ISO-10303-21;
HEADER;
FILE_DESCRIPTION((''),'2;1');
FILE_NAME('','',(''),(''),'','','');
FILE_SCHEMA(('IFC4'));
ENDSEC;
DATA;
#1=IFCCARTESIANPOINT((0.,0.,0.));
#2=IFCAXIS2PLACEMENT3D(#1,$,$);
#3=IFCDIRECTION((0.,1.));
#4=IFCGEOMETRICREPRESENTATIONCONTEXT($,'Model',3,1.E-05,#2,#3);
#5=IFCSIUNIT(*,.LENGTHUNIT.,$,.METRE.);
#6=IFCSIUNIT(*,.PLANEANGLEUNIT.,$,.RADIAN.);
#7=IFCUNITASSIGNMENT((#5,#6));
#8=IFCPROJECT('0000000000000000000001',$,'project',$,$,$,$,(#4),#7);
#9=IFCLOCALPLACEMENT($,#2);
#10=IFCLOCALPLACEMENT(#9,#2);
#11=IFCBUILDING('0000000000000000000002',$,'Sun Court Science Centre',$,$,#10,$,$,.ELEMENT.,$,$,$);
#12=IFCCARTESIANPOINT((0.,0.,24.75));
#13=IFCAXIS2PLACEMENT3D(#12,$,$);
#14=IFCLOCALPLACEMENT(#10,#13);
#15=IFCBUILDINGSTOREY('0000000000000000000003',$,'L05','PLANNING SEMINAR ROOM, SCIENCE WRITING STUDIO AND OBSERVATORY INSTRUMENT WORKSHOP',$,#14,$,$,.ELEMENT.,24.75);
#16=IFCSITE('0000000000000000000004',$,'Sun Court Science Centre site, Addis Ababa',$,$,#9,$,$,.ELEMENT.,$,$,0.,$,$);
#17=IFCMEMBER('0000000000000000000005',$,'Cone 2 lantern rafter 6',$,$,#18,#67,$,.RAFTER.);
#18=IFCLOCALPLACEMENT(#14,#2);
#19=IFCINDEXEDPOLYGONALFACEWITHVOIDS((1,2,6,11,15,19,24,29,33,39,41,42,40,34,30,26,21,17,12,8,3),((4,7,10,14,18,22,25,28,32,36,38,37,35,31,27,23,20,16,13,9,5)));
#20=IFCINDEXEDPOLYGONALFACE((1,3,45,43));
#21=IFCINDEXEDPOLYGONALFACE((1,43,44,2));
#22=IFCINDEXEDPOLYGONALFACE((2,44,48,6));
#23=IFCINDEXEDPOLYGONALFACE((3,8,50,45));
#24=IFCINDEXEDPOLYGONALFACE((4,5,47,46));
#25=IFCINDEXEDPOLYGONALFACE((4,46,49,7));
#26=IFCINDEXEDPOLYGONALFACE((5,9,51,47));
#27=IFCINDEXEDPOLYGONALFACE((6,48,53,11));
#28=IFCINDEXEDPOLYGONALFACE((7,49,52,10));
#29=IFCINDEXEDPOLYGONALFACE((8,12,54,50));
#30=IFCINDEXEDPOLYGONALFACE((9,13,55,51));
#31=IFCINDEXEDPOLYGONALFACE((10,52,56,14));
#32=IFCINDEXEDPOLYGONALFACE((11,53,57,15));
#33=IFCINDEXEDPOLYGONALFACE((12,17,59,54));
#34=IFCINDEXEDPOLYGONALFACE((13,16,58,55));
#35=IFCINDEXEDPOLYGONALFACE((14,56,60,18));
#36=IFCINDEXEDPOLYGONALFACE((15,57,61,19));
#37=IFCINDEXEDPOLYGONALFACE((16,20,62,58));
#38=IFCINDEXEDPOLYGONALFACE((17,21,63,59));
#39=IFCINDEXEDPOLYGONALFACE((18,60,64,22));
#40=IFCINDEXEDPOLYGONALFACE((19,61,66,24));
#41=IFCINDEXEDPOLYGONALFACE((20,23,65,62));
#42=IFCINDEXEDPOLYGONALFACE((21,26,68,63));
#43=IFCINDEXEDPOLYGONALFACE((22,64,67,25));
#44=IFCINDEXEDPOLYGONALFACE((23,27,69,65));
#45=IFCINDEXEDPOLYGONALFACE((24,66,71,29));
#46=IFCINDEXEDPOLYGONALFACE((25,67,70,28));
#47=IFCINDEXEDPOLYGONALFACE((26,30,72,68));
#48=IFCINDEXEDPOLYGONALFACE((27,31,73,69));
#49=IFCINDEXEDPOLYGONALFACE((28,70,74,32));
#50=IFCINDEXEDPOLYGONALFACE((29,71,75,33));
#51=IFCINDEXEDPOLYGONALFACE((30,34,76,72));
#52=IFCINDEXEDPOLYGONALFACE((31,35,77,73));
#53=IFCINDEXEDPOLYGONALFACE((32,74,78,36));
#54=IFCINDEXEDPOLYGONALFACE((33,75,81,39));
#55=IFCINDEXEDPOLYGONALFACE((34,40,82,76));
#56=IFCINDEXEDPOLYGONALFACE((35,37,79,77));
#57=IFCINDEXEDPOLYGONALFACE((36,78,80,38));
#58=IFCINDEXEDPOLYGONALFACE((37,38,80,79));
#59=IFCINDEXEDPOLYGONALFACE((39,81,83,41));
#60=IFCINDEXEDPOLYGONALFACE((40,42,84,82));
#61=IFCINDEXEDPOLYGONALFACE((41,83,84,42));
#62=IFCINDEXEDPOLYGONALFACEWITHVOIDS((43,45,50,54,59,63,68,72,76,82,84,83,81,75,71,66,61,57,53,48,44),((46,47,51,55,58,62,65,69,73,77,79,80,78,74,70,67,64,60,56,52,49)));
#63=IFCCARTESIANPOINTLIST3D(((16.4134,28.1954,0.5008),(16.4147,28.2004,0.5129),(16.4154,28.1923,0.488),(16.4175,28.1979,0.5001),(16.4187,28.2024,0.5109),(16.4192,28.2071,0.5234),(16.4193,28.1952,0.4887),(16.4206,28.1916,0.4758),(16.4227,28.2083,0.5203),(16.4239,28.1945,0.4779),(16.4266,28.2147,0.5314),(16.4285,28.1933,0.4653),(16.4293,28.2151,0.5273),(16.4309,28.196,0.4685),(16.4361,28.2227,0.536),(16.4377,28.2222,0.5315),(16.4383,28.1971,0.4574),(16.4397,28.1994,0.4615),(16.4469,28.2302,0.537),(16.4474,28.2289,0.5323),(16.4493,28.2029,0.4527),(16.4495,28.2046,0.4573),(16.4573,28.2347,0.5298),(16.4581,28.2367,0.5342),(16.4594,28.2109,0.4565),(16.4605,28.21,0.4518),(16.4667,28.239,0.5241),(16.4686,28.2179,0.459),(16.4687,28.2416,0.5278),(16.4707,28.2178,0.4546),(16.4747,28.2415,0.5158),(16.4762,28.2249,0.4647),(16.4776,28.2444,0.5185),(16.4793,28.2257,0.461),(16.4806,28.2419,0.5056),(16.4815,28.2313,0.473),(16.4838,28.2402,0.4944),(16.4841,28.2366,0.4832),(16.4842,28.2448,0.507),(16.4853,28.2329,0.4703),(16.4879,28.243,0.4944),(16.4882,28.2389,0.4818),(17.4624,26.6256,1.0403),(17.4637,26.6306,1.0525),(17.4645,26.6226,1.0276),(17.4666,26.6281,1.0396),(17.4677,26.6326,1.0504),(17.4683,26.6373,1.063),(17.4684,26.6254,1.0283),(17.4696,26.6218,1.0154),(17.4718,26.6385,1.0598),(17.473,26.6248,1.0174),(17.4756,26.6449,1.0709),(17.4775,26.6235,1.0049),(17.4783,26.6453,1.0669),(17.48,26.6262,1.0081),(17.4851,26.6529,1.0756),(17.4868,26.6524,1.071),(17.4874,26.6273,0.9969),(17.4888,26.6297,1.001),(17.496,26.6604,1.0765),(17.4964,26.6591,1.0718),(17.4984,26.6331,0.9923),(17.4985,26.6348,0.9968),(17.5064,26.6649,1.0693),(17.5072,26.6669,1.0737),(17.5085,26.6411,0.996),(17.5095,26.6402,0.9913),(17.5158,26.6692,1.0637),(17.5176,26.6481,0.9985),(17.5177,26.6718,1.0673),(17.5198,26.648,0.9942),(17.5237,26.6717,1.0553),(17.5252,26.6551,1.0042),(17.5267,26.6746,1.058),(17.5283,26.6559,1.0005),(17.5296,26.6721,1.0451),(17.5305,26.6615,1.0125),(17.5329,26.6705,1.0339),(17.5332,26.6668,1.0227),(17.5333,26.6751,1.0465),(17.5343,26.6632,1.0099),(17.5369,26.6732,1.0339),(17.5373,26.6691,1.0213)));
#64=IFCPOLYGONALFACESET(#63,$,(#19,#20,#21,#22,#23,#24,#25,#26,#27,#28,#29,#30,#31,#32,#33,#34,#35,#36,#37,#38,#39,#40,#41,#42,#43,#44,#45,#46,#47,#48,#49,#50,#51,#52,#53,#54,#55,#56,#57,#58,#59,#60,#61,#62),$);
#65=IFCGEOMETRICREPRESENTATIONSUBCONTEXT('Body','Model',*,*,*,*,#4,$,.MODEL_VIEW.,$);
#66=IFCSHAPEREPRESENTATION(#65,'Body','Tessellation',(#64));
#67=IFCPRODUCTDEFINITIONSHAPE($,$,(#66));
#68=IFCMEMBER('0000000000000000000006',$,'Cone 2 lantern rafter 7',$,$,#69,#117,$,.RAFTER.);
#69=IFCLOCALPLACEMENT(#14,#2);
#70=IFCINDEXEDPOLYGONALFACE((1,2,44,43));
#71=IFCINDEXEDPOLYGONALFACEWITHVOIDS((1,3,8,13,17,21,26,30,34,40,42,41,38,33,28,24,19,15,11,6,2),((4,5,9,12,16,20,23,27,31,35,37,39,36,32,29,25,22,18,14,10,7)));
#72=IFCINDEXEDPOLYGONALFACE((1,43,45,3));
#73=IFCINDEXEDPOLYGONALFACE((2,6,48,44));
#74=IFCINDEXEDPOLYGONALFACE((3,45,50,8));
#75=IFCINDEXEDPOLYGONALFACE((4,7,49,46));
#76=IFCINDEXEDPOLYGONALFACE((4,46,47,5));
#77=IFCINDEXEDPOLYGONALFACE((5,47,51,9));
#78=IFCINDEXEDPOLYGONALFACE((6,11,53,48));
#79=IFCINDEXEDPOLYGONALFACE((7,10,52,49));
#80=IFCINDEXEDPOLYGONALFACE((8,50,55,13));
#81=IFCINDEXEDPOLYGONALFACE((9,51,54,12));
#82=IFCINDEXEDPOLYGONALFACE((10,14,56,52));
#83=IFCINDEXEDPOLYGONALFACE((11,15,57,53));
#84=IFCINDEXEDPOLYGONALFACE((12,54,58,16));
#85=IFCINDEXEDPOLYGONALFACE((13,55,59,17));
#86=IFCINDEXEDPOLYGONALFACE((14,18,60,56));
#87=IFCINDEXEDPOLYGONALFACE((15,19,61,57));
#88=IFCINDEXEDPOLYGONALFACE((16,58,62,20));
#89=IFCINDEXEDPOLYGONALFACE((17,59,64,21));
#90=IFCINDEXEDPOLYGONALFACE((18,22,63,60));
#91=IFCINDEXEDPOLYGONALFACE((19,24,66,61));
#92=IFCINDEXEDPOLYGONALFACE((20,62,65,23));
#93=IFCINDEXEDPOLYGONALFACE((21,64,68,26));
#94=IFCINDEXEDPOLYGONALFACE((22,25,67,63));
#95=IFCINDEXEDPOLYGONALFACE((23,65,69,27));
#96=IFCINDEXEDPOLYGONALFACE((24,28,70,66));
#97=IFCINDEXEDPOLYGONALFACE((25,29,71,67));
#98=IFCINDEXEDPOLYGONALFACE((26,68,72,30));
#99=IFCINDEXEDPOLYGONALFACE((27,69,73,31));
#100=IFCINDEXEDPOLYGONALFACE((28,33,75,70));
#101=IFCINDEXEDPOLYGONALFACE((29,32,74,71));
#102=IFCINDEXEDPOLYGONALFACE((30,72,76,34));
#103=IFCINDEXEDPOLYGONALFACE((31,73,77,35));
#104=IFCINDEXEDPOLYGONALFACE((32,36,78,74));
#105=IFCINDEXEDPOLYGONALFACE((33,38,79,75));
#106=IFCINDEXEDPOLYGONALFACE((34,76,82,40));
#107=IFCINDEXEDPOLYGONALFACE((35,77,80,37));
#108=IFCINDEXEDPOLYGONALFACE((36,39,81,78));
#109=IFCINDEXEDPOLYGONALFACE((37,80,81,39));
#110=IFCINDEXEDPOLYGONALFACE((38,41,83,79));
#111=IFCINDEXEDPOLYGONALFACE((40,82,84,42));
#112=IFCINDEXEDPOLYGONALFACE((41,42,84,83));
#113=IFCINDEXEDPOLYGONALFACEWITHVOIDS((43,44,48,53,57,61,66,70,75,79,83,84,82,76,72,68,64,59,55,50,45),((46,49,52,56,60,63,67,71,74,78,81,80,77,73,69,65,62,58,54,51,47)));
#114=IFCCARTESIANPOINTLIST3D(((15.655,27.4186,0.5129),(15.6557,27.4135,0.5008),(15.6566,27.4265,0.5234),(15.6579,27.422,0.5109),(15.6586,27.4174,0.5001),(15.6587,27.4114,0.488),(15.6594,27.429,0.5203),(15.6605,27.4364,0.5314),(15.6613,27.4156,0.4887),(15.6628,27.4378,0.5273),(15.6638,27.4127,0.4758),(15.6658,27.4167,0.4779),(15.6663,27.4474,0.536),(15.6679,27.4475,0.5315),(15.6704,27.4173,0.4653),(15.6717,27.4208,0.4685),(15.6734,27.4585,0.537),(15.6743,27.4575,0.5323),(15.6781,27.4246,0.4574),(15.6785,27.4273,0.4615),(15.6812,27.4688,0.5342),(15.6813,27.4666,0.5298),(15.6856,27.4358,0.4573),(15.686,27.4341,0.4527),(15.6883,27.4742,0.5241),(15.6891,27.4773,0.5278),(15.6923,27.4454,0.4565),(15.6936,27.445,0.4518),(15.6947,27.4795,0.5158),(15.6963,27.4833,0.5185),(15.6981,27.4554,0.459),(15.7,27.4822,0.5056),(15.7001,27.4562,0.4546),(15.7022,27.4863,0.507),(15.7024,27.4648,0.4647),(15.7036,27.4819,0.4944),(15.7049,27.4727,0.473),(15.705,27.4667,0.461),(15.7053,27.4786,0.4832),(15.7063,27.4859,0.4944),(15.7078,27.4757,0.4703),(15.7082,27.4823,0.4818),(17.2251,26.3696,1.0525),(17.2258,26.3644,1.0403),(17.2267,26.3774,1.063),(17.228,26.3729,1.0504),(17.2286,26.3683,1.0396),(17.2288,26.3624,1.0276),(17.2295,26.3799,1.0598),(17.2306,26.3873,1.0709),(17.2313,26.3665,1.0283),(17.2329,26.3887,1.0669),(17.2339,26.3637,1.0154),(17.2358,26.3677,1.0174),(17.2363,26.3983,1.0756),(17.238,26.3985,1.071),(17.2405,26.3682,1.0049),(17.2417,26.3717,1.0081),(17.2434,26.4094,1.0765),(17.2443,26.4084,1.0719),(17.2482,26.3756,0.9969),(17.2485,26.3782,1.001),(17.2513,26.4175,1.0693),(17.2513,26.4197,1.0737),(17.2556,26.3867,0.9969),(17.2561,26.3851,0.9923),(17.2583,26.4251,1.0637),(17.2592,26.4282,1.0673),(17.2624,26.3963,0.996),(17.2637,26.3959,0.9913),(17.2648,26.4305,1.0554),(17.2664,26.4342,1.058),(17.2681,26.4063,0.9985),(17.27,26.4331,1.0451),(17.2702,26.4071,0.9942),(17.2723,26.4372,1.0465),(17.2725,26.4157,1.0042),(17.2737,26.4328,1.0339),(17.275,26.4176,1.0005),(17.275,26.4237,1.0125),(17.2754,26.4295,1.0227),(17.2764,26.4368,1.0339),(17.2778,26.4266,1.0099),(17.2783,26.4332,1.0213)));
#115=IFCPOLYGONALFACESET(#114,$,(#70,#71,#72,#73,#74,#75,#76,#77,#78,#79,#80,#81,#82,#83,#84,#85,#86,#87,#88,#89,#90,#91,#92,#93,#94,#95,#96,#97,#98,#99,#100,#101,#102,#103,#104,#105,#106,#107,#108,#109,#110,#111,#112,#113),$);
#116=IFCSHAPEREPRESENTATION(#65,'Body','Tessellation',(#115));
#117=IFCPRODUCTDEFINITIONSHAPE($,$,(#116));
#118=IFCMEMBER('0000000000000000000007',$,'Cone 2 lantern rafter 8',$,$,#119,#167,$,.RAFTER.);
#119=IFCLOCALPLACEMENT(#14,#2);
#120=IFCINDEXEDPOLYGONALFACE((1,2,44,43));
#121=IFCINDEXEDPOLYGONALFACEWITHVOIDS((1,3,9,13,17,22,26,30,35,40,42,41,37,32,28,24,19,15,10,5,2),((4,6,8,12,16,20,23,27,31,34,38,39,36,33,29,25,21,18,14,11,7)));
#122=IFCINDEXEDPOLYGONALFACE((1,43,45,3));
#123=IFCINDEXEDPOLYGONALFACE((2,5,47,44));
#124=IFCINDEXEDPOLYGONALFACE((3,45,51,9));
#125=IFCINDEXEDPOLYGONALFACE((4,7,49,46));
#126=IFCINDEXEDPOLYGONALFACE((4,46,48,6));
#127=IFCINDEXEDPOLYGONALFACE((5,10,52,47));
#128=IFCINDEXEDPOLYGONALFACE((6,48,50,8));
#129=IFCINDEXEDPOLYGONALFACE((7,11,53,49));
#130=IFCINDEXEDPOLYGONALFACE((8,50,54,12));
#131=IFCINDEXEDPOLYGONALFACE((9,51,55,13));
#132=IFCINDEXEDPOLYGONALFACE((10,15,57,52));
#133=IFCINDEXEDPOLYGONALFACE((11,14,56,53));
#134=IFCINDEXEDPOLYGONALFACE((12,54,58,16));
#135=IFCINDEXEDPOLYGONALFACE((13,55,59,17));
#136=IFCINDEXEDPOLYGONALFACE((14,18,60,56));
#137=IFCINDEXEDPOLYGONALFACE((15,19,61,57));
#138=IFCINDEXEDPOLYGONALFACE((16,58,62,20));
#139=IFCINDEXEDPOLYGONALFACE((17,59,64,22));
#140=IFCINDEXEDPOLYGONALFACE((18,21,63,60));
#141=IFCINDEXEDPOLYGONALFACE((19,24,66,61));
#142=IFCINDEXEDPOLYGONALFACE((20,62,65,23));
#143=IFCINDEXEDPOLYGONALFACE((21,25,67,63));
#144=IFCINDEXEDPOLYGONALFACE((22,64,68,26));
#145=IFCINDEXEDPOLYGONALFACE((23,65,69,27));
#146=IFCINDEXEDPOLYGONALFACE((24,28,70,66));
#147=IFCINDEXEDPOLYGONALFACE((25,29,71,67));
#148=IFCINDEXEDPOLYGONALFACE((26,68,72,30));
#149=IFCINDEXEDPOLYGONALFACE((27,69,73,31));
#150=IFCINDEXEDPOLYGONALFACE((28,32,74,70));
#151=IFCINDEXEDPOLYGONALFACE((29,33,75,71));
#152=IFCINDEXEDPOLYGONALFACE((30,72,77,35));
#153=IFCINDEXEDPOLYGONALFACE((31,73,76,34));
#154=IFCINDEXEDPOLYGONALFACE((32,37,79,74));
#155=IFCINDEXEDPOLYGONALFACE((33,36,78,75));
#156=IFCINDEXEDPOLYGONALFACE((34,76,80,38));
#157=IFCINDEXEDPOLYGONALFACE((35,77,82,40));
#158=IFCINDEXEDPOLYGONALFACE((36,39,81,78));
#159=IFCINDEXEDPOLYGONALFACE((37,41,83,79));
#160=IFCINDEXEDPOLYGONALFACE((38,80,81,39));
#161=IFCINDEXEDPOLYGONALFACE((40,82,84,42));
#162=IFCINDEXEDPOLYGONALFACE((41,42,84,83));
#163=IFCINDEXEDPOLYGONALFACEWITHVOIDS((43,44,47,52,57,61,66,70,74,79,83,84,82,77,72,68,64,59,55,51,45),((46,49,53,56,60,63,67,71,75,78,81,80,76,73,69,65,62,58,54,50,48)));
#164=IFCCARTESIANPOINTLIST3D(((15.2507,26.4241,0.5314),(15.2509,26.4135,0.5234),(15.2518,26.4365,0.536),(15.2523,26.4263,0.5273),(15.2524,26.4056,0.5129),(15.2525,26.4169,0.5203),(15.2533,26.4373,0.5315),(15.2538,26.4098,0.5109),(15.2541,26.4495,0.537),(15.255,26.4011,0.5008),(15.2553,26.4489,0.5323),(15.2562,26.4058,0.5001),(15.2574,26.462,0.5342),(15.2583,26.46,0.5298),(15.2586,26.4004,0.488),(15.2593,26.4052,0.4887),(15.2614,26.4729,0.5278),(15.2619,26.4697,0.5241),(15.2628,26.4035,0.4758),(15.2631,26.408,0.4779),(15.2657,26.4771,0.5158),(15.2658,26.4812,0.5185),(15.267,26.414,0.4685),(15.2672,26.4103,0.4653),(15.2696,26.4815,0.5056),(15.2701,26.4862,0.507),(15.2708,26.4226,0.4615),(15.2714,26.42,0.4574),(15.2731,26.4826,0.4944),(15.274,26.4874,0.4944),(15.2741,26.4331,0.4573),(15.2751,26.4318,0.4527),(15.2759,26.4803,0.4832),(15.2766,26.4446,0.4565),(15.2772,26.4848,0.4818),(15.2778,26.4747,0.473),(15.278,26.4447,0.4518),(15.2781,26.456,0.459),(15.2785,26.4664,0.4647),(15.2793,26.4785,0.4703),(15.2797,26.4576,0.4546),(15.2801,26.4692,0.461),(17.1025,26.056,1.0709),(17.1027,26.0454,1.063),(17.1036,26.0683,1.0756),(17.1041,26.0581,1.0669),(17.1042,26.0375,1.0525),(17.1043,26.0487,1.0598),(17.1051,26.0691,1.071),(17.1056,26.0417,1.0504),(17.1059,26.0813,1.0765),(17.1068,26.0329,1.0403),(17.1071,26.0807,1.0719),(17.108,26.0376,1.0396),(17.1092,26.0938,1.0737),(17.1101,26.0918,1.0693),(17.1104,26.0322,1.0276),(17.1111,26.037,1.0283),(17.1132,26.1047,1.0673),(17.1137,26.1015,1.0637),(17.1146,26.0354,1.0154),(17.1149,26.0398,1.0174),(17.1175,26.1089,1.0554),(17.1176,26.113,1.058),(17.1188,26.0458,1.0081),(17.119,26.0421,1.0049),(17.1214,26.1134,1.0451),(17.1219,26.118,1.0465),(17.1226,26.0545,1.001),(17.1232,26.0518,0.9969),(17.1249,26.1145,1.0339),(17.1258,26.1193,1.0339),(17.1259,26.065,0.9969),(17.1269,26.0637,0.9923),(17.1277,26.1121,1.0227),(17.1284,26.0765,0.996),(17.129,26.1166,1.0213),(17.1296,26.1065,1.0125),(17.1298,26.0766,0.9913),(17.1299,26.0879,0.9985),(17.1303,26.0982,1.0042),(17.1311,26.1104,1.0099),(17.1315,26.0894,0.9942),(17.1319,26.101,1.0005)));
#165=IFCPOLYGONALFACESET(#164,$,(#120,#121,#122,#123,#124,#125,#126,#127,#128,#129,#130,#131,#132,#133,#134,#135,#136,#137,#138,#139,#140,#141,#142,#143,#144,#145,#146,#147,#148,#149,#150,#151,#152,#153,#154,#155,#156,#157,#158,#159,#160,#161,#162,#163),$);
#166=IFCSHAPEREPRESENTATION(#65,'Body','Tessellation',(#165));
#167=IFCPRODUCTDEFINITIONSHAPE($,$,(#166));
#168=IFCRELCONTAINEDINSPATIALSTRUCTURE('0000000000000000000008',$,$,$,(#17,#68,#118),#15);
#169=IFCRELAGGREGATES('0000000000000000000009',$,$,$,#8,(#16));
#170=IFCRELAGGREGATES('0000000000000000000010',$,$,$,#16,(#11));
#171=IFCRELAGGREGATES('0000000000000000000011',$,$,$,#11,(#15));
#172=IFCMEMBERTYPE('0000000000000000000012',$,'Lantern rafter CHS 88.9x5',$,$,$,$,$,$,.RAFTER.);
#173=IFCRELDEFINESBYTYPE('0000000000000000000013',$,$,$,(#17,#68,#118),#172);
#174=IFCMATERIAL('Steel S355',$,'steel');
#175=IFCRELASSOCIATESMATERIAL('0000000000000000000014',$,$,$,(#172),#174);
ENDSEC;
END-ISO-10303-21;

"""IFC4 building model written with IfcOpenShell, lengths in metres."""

from ifc_helpers import new_model, si_unit, direction, frame, origin, origin_2d, place, context, subcontext, project, spatial, hollow_circle, extrude, material, material_profile, profile_set, type_object, element, save


model = new_model("IFC4")

# Units and contexts
model_context = context("Model", 3, precision=1e-05, world=origin(), true_north=direction((0.0, 1.0)))
body_context = subcontext(model_context, "Body", "Model", "MODEL_VIEW")
ifc_project = project(units=[si_unit("LENGTHUNIT", "METRE"), si_unit("PLANEANGLEUNIT", "RADIAN")], contexts=[model_context])

# Site, building, storey
site_placement = place(None, origin())
site = spatial("IfcSite", under=ifc_project, at=site_placement, Name="Sun Court Science Centre site, Addis Ababa", CompositionType="ELEMENT", RefElevation=0.0)
building_placement = place(site_placement, origin())
building = spatial("IfcBuilding", under=site, at=building_placement, Name="Sun Court Science Centre", CompositionType="ELEMENT")
storey_placement = place(building_placement, frame((0.0, 0.0, 24.75)))
storey = spatial("IfcBuildingStorey", under=building, at=storey_placement, Name="L05", Description="PLANNING SEMINAR ROOM, SCIENCE WRITING STUDIO AND OBSERVATORY INSTRUMENT WORKSHOP", CompositionType="ELEMENT", Elevation=24.75)

# Members
ifc_material_1 = material(Name="Steel S355", Category="steel")
ifc_material_profile_1 = material_profile(ifc_material_1, hollow_circle(Radius=0.0444, WallThickness=0.0049, at=origin_2d()), Name="CHS 88.9x5")
ifc_profile_set_1 = profile_set([ifc_material_profile_1], Name="Steel S355")
member_type_1 = type_object("IfcMemberType", Name="Lantern rafter CHS 88.9x5", PredefinedType="RAFTER", material=ifc_profile_set_1)
member_1_placement = place(storey_placement, frame((16.4509, 28.2183, 0.4944), z_axis=(0.53424, -0.799432, 0.274766), x_axis=(0.831433, 0.555625, 0.0)))
element("IfcMember", 1, at=member_1_placement, inside=storey, type_object=member_type_1, Name="Cone 2 lantern rafter 6", PredefinedType="RAFTER", context=body_context, shape_type="SweptSolid", body=[
    extrude(hollow_circle(Radius=0.0444, WallThickness=0.0049, at=origin_2d()), origin(), (0.0, 0.0, 1.0), 1.9636),
])
member_2_placement = place(storey_placement, frame((15.6816, 27.449, 0.4944), z_axis=(0.799477, -0.534186, 0.274739), x_axis=(0.555565, 0.831473, 0.0)))
element("IfcMember", 2, at=member_2_placement, inside=storey, type_object=member_type_1, Name="Cone 2 lantern rafter 7", PredefinedType="RAFTER", context=body_context, shape_type="SweptSolid", body=[
    extrude(hollow_circle(Radius=0.0444, WallThickness=0.0049, at=origin_2d()), origin(), (0.0, 0.0, 1.0), 1.9639),
])
for number, where, z_axis, x_axis, name in (
    (3, (15.2654, 26.4438, 0.4944), (0.943052, -0.187491, 0.274772), (0.194997, 0.980804, 0.0), "Cone 2 lantern rafter 8"),
):
    element("IfcMember", number, at=place(storey_placement, frame(where, z_axis=z_axis, x_axis=x_axis)), inside=storey, type_object=member_type_1, Name=name, PredefinedType="RAFTER", context=body_context, shape_type="SweptSolid", body=[
        extrude(hollow_circle(Radius=0.0444, WallThickness=0.0049, at=origin_2d()), origin(), (0.0, 0.0, 1.0), 1.9636),
    ])

save(model, "model.ifc")
